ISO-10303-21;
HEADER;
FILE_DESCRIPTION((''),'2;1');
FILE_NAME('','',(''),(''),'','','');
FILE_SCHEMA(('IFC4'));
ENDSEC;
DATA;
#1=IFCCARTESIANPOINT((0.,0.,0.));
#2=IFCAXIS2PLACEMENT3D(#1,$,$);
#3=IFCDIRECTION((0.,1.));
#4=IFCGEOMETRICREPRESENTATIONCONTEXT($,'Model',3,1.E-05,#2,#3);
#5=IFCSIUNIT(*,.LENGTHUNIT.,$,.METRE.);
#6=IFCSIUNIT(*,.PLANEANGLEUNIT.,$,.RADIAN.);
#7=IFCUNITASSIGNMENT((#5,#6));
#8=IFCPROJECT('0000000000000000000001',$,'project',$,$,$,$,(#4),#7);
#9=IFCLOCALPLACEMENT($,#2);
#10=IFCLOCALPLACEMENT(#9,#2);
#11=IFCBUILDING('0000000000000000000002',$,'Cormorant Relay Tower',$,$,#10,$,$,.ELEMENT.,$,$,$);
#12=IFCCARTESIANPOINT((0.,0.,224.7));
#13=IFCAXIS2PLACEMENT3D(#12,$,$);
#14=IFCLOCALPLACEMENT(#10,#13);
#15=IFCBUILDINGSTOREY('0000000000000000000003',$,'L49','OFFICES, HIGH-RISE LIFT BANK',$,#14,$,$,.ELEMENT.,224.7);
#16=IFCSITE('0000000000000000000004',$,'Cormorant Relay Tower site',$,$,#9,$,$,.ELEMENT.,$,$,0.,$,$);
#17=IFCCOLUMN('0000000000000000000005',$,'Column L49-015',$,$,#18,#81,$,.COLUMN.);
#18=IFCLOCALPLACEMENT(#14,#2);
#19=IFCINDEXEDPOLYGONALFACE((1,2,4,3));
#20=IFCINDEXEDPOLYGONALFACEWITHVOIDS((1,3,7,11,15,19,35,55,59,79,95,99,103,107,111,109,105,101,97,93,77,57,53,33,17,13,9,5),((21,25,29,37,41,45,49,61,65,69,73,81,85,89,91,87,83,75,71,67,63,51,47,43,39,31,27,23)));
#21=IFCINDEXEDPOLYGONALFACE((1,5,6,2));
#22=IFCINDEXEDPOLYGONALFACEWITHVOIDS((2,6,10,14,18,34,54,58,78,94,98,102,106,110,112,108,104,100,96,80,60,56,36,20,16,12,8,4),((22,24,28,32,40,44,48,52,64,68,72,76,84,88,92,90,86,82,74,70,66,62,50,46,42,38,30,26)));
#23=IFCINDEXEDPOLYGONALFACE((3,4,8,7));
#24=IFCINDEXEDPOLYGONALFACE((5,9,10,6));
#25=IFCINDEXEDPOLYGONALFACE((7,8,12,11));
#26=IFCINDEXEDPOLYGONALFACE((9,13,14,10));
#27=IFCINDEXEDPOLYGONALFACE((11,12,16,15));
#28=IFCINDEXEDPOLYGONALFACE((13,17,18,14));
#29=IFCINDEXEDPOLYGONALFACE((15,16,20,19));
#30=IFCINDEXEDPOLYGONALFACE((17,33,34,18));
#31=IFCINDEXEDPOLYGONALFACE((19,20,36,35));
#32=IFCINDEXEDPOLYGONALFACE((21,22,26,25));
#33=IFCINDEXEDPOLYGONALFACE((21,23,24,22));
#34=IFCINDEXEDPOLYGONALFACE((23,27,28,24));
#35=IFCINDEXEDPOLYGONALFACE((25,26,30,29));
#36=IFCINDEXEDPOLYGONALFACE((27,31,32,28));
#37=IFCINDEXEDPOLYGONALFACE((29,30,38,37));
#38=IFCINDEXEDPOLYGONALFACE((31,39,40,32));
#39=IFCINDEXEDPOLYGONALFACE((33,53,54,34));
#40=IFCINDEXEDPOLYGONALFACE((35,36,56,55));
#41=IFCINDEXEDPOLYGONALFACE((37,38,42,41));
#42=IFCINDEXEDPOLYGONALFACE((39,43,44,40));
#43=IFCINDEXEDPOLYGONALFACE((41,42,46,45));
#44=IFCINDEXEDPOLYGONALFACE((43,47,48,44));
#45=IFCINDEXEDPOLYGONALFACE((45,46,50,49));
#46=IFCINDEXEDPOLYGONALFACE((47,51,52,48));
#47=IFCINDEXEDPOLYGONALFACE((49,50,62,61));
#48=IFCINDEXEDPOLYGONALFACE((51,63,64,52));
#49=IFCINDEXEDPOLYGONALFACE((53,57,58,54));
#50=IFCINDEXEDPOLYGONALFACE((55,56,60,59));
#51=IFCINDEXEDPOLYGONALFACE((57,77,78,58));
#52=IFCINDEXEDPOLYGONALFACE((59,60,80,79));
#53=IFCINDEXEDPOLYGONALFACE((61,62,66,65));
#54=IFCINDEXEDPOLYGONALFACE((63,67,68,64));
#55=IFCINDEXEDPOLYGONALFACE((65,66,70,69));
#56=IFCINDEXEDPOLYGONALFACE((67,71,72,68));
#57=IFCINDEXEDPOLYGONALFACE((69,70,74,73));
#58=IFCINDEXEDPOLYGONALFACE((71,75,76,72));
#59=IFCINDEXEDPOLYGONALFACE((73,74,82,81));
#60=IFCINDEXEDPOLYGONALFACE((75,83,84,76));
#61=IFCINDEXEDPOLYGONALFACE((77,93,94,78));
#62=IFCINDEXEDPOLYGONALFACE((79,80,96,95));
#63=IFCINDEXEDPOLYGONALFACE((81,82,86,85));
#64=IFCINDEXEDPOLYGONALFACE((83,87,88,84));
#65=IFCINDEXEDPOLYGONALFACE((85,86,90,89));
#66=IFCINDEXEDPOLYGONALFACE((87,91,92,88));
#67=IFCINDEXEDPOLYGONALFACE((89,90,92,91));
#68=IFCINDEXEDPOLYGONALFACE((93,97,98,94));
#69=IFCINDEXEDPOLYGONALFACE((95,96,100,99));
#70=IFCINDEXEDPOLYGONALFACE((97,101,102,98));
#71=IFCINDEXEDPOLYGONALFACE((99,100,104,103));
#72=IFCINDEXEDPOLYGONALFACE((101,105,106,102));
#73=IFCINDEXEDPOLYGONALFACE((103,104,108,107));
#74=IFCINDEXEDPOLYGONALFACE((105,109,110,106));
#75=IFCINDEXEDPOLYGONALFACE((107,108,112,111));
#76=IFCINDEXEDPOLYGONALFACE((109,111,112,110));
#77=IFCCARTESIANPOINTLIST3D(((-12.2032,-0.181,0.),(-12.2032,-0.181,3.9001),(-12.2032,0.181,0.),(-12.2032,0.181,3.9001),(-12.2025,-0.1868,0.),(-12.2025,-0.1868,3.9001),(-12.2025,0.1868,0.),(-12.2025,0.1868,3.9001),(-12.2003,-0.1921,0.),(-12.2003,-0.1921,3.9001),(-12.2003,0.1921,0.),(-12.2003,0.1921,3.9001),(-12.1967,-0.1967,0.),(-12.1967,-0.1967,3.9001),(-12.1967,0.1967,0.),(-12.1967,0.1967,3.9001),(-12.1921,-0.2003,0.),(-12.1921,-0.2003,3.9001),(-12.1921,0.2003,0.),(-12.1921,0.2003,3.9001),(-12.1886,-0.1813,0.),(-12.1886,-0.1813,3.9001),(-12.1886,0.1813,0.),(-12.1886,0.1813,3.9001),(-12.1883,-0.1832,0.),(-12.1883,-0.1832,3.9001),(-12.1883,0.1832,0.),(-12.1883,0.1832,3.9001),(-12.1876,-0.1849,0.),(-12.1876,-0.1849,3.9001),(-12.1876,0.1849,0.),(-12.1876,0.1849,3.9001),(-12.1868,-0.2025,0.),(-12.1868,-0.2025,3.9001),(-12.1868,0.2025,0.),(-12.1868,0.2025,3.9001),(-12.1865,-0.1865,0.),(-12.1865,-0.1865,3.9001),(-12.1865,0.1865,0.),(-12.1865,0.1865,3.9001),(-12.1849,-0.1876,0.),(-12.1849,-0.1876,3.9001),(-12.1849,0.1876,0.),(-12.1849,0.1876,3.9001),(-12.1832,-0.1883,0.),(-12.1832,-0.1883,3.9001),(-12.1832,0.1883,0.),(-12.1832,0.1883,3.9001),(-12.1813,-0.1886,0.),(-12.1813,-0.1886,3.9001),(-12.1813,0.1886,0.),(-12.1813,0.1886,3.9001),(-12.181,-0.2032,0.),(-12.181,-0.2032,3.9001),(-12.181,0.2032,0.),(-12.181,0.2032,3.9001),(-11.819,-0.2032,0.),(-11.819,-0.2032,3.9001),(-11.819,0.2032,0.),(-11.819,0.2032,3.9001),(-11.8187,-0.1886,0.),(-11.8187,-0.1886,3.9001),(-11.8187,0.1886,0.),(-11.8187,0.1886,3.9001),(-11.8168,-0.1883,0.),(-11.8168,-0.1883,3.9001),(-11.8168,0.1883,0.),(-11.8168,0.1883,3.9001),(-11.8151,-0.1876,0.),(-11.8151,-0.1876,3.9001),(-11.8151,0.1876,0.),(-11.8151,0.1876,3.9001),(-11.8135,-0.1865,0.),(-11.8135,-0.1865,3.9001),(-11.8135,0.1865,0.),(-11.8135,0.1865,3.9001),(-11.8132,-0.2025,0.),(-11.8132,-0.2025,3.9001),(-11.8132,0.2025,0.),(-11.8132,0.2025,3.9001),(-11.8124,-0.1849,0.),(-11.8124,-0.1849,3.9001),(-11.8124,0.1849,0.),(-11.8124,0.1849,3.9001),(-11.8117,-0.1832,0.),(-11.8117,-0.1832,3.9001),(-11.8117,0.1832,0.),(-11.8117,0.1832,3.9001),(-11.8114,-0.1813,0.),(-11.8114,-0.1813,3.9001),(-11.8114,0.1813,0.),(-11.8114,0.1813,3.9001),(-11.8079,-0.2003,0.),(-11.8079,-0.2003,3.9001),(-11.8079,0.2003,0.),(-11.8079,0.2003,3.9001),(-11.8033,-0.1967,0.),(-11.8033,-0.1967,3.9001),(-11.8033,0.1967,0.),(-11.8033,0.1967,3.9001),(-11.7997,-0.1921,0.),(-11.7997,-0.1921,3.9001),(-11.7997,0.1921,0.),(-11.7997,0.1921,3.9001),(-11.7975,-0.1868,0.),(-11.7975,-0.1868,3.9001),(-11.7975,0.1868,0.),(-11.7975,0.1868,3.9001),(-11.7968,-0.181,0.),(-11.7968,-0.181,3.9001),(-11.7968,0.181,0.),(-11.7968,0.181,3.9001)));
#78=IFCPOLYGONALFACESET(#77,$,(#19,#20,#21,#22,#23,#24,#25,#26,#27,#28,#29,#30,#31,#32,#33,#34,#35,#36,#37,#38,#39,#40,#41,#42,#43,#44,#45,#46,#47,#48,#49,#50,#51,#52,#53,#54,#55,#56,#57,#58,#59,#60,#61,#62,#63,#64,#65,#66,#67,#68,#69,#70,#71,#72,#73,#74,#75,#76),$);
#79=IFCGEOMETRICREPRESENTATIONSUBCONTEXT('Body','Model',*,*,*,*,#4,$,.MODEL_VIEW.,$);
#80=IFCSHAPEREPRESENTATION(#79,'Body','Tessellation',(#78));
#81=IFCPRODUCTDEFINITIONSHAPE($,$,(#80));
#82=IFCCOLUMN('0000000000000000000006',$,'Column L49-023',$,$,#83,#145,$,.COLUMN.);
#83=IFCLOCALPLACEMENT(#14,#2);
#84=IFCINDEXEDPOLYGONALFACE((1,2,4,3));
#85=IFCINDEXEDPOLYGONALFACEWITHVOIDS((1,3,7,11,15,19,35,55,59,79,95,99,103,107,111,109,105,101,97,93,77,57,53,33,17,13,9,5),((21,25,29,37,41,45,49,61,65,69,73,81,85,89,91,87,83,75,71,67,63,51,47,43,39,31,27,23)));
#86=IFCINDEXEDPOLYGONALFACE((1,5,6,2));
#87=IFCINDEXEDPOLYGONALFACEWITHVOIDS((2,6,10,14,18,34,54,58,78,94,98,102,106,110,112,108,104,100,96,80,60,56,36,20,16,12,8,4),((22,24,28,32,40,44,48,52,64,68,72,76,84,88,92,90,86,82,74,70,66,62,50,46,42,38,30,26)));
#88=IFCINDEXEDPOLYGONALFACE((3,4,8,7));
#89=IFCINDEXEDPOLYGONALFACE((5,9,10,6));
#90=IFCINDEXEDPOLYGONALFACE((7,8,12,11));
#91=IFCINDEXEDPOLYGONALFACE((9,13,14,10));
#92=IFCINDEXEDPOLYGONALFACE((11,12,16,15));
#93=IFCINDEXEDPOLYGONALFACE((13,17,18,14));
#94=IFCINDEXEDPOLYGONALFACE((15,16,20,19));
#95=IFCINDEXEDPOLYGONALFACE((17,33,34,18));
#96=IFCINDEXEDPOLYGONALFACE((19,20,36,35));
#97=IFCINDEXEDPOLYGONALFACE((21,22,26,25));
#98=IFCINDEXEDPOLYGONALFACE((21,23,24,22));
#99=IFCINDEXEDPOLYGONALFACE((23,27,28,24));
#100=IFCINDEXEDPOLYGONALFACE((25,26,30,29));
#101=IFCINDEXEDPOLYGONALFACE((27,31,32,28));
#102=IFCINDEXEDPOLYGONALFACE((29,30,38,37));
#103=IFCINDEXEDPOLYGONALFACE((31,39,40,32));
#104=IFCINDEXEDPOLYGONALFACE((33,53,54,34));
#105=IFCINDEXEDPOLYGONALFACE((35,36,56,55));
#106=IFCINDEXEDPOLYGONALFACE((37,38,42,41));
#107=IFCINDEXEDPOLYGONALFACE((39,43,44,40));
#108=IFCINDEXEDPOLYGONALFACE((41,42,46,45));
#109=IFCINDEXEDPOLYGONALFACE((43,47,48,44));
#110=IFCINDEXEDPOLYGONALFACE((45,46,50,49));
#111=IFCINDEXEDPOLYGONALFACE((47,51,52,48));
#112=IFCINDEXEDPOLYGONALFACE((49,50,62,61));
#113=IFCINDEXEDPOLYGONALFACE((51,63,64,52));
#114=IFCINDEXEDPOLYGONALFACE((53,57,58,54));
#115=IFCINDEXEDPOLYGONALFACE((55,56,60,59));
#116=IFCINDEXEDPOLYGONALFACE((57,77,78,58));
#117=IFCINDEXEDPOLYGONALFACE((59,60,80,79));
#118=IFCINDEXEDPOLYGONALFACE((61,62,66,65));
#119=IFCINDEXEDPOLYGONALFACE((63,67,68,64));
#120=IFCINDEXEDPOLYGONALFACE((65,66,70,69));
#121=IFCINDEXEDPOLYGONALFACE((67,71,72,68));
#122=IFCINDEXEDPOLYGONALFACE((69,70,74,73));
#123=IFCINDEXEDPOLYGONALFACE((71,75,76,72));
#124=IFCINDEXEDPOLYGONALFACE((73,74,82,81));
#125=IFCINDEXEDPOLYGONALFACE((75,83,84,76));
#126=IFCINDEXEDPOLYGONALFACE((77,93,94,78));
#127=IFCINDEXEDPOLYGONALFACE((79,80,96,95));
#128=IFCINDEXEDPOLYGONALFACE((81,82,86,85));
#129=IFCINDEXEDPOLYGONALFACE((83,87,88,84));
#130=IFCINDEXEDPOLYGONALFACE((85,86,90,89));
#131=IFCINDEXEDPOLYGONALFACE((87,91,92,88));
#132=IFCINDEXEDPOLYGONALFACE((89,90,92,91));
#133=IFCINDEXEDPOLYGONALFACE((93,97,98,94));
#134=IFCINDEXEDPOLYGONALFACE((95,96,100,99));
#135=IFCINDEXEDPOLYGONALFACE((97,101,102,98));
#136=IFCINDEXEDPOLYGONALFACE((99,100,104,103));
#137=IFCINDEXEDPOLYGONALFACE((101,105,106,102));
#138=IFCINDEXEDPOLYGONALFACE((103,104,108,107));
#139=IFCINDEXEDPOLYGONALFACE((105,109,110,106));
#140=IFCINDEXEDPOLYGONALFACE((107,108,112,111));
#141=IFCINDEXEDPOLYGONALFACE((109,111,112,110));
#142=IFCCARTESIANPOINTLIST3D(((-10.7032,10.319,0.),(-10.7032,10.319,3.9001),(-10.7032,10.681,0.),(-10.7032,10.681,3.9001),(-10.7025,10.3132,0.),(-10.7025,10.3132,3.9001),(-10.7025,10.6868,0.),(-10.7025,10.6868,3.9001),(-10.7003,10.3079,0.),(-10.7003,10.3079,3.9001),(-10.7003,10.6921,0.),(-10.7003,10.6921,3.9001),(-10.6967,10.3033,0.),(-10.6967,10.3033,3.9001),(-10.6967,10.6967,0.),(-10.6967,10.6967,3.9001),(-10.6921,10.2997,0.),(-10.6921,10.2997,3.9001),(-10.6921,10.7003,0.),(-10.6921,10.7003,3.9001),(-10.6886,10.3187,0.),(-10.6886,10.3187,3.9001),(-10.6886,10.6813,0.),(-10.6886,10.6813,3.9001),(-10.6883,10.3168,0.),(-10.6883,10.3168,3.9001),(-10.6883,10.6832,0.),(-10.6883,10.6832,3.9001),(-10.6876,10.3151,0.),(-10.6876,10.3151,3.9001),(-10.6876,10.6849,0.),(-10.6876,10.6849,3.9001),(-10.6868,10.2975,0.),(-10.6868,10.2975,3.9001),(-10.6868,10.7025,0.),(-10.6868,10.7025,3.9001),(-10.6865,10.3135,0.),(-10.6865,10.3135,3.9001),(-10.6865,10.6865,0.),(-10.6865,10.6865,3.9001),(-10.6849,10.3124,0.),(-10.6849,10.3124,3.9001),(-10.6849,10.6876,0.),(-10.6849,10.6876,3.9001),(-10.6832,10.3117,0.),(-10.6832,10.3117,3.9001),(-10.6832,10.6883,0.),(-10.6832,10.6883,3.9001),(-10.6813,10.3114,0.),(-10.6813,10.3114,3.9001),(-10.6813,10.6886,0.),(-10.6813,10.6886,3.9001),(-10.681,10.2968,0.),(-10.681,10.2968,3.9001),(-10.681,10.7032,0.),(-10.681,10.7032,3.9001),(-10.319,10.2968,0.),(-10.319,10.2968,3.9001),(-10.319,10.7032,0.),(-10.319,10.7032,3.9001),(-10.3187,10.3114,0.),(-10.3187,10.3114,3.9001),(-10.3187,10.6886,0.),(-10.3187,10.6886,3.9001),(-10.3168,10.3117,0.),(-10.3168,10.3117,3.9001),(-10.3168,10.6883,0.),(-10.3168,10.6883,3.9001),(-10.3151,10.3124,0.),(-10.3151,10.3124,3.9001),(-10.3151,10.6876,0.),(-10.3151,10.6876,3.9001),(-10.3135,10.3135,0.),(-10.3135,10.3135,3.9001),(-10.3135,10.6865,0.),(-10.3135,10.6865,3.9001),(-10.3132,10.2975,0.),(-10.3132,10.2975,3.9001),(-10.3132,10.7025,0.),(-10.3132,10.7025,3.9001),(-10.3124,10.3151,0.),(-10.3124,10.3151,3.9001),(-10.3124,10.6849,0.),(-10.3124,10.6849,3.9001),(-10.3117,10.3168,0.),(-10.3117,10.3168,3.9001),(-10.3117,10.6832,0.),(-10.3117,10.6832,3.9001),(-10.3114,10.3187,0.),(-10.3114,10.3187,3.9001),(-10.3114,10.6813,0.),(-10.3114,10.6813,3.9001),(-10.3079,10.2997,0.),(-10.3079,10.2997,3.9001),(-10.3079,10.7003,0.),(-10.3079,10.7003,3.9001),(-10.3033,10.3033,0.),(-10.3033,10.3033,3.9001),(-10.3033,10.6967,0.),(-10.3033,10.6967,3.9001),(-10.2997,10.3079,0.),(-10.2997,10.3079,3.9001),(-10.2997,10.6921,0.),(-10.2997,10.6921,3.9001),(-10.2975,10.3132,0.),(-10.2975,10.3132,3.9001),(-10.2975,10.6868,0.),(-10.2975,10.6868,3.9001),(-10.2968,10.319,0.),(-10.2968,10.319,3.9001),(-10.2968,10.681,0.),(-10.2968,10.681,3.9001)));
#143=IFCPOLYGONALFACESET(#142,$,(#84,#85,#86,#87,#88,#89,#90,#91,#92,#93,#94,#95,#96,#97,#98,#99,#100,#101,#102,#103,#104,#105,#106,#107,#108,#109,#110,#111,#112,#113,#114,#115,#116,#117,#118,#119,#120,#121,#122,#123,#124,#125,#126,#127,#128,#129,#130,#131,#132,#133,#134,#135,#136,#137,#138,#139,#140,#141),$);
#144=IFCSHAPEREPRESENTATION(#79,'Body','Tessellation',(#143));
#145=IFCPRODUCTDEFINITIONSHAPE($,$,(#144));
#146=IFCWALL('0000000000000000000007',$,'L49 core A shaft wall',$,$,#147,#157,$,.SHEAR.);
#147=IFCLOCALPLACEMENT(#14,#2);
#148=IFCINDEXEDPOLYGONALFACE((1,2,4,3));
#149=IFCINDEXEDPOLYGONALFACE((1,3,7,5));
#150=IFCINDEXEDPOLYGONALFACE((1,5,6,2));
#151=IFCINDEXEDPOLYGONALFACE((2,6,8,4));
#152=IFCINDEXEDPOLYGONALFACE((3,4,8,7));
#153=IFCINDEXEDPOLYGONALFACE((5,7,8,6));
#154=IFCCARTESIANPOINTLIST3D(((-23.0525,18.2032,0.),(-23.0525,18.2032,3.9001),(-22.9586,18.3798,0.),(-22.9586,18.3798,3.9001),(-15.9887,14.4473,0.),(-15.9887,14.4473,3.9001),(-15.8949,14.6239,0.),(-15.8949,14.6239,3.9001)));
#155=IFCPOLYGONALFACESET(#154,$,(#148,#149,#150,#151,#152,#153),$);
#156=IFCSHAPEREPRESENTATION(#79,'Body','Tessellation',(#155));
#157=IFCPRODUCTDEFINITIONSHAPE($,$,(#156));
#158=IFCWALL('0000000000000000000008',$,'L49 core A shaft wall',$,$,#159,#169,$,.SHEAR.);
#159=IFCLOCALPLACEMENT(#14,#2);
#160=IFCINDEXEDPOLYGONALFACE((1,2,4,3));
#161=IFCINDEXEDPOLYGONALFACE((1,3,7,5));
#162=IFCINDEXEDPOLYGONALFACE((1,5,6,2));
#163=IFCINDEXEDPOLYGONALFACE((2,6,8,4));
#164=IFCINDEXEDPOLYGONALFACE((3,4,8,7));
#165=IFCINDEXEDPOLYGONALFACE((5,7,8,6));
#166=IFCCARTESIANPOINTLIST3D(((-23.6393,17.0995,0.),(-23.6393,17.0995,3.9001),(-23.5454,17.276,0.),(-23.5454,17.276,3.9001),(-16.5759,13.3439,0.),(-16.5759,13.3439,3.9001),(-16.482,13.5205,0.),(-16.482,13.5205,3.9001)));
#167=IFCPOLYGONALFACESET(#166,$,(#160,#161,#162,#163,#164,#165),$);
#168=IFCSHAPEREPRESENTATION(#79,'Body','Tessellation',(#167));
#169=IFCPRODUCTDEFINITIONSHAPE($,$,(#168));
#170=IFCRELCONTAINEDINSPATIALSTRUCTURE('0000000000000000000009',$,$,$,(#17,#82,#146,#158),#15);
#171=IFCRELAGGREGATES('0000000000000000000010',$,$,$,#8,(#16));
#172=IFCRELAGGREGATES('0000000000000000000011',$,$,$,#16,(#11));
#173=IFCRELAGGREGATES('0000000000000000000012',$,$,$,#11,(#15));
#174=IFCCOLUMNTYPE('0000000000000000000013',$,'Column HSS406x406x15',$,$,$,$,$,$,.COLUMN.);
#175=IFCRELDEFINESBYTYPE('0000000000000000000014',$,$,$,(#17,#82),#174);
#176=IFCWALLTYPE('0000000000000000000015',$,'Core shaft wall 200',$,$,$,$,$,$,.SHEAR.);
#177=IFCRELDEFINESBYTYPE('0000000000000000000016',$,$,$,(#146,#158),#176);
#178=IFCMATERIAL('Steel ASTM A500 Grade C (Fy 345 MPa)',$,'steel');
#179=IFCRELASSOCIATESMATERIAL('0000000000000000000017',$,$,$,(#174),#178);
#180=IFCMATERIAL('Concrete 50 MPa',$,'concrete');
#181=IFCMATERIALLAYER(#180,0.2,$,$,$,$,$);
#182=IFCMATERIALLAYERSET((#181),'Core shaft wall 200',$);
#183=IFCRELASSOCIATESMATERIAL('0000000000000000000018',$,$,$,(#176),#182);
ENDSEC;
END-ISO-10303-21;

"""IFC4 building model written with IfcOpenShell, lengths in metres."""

from ifc_helpers import new_model, si_unit, direction, frame, frame_2d, origin, origin_2d, place, context, subcontext, project, spatial, rectangle, hollow_rectangle, extrude, material, layer, layer_set, material_profile, profile_set, type_object, element, save


model = new_model("IFC4")

# Units and contexts
model_context = context("Model", 3, precision=1e-05, world=origin(), true_north=direction((0.0, 1.0)))
body_context = subcontext(model_context, "Body", "Model", "MODEL_VIEW")
ifc_project = project(units=[si_unit("LENGTHUNIT", "METRE"), si_unit("PLANEANGLEUNIT", "RADIAN")], contexts=[model_context])

# Site, building, storey
site_placement = place(None, origin())
site = spatial("IfcSite", under=ifc_project, at=site_placement, Name="Cormorant Relay Tower site", CompositionType="ELEMENT", RefElevation=0.0)
building_placement = place(site_placement, origin())
building = spatial("IfcBuilding", under=site, at=building_placement, Name="Cormorant Relay Tower", CompositionType="ELEMENT")
storey_placement = place(building_placement, frame((0.0, 0.0, 224.7)))
storey = spatial("IfcBuildingStorey", under=building, at=storey_placement, Name="L49", Description="OFFICES, HIGH-RISE LIFT BANK", CompositionType="ELEMENT", Elevation=224.7)

# Columns
ifc_material_1 = material(Name="Steel ASTM A500 Grade C (Fy 345 MPa)", Category="steel")
ifc_material_profile = material_profile(ifc_material_1, hollow_rectangle(XDim=0.4065, YDim=0.4065, WallThickness=0.0146, InnerFilletRadius=0.0073, OuterFilletRadius=0.0222, at=origin_2d()), Name="HSS406x406x15")
ifc_profile_set = profile_set([ifc_material_profile], Name="Steel ASTM A500 Grade C (Fy 345 MPa)")
column_type = type_object("IfcColumnType", Name="Column HSS406x406x15", PredefinedType="COLUMN", material=ifc_profile_set)
for number, where, z_axis, x_axis, name in (
    (1, (-12.0, 0.0, 0.0), (0.0, 0.0, 1.0), (1.0, 0.0, 0.0), "Column L49-015"),
    (2, (-10.5, 10.5, 0.0), (0.0, 0.0, 1.0), (1.0, 0.0, 0.0), "Column L49-023"),
):
    element("IfcColumn", number, at=place(storey_placement, frame(where, z_axis=z_axis, x_axis=x_axis)), inside=storey, type_object=column_type, Name=name, PredefinedType="COLUMN", context=body_context, shape_type="SweptSolid", body=[
        extrude(hollow_rectangle(XDim=0.4065, YDim=0.4065, WallThickness=0.0146, InnerFilletRadius=0.0073, OuterFilletRadius=0.0222, at=origin_2d()), origin(), (0.0, 0.0, 1.0), 3.9001),
    ])

# Walls
ifc_material_2 = material(Name="Concrete 50 MPa", Category="concrete")
ifc_layer_1 = layer(ifc_material_2, 0.2)
ifc_layer_set_1 = layer_set([ifc_layer_1], Name="Core shaft wall 200")
wall_type_1 = type_object("IfcWallType", Name="Core shaft wall 200", PredefinedType="SHEAR", material=ifc_layer_set_1)
wall_1_placement = place(storey_placement, frame((-15.9419, 14.5356, 0.0), z_axis=(0.0, 0.0, 1.0), x_axis=(-0.882947, 0.469473, 0.0)))
element("IfcWall", 3, at=wall_1_placement, inside=storey, type_object=wall_type_1, Name="L49 core A shaft wall", PredefinedType="SHEAR", context=body_context, shape_type="SweptSolid", body=[
    extrude(rectangle(XDim=8.0002, YDim=0.2, at=frame_2d((4.0, 0.0))), origin(), (0.0, 0.0, 1.0), 3.9001),
])
wall_2_placement = place(storey_placement, frame((-16.5288, 13.4321, 0.0), z_axis=(0.0, 0.0, 1.0), x_axis=(-0.882953, 0.469462, 0.0)))
element("IfcWall", 4, at=wall_2_placement, inside=storey, type_object=wall_type_1, Name="L49 core A shaft wall", PredefinedType="SHEAR", context=body_context, shape_type="SweptSolid", body=[
    extrude(rectangle(XDim=7.9998, YDim=0.2, at=frame_2d((4.0, 0.0))), origin(), (0.0, 0.0, 1.0), 3.9001),
])

save(model, "model.ifc")
